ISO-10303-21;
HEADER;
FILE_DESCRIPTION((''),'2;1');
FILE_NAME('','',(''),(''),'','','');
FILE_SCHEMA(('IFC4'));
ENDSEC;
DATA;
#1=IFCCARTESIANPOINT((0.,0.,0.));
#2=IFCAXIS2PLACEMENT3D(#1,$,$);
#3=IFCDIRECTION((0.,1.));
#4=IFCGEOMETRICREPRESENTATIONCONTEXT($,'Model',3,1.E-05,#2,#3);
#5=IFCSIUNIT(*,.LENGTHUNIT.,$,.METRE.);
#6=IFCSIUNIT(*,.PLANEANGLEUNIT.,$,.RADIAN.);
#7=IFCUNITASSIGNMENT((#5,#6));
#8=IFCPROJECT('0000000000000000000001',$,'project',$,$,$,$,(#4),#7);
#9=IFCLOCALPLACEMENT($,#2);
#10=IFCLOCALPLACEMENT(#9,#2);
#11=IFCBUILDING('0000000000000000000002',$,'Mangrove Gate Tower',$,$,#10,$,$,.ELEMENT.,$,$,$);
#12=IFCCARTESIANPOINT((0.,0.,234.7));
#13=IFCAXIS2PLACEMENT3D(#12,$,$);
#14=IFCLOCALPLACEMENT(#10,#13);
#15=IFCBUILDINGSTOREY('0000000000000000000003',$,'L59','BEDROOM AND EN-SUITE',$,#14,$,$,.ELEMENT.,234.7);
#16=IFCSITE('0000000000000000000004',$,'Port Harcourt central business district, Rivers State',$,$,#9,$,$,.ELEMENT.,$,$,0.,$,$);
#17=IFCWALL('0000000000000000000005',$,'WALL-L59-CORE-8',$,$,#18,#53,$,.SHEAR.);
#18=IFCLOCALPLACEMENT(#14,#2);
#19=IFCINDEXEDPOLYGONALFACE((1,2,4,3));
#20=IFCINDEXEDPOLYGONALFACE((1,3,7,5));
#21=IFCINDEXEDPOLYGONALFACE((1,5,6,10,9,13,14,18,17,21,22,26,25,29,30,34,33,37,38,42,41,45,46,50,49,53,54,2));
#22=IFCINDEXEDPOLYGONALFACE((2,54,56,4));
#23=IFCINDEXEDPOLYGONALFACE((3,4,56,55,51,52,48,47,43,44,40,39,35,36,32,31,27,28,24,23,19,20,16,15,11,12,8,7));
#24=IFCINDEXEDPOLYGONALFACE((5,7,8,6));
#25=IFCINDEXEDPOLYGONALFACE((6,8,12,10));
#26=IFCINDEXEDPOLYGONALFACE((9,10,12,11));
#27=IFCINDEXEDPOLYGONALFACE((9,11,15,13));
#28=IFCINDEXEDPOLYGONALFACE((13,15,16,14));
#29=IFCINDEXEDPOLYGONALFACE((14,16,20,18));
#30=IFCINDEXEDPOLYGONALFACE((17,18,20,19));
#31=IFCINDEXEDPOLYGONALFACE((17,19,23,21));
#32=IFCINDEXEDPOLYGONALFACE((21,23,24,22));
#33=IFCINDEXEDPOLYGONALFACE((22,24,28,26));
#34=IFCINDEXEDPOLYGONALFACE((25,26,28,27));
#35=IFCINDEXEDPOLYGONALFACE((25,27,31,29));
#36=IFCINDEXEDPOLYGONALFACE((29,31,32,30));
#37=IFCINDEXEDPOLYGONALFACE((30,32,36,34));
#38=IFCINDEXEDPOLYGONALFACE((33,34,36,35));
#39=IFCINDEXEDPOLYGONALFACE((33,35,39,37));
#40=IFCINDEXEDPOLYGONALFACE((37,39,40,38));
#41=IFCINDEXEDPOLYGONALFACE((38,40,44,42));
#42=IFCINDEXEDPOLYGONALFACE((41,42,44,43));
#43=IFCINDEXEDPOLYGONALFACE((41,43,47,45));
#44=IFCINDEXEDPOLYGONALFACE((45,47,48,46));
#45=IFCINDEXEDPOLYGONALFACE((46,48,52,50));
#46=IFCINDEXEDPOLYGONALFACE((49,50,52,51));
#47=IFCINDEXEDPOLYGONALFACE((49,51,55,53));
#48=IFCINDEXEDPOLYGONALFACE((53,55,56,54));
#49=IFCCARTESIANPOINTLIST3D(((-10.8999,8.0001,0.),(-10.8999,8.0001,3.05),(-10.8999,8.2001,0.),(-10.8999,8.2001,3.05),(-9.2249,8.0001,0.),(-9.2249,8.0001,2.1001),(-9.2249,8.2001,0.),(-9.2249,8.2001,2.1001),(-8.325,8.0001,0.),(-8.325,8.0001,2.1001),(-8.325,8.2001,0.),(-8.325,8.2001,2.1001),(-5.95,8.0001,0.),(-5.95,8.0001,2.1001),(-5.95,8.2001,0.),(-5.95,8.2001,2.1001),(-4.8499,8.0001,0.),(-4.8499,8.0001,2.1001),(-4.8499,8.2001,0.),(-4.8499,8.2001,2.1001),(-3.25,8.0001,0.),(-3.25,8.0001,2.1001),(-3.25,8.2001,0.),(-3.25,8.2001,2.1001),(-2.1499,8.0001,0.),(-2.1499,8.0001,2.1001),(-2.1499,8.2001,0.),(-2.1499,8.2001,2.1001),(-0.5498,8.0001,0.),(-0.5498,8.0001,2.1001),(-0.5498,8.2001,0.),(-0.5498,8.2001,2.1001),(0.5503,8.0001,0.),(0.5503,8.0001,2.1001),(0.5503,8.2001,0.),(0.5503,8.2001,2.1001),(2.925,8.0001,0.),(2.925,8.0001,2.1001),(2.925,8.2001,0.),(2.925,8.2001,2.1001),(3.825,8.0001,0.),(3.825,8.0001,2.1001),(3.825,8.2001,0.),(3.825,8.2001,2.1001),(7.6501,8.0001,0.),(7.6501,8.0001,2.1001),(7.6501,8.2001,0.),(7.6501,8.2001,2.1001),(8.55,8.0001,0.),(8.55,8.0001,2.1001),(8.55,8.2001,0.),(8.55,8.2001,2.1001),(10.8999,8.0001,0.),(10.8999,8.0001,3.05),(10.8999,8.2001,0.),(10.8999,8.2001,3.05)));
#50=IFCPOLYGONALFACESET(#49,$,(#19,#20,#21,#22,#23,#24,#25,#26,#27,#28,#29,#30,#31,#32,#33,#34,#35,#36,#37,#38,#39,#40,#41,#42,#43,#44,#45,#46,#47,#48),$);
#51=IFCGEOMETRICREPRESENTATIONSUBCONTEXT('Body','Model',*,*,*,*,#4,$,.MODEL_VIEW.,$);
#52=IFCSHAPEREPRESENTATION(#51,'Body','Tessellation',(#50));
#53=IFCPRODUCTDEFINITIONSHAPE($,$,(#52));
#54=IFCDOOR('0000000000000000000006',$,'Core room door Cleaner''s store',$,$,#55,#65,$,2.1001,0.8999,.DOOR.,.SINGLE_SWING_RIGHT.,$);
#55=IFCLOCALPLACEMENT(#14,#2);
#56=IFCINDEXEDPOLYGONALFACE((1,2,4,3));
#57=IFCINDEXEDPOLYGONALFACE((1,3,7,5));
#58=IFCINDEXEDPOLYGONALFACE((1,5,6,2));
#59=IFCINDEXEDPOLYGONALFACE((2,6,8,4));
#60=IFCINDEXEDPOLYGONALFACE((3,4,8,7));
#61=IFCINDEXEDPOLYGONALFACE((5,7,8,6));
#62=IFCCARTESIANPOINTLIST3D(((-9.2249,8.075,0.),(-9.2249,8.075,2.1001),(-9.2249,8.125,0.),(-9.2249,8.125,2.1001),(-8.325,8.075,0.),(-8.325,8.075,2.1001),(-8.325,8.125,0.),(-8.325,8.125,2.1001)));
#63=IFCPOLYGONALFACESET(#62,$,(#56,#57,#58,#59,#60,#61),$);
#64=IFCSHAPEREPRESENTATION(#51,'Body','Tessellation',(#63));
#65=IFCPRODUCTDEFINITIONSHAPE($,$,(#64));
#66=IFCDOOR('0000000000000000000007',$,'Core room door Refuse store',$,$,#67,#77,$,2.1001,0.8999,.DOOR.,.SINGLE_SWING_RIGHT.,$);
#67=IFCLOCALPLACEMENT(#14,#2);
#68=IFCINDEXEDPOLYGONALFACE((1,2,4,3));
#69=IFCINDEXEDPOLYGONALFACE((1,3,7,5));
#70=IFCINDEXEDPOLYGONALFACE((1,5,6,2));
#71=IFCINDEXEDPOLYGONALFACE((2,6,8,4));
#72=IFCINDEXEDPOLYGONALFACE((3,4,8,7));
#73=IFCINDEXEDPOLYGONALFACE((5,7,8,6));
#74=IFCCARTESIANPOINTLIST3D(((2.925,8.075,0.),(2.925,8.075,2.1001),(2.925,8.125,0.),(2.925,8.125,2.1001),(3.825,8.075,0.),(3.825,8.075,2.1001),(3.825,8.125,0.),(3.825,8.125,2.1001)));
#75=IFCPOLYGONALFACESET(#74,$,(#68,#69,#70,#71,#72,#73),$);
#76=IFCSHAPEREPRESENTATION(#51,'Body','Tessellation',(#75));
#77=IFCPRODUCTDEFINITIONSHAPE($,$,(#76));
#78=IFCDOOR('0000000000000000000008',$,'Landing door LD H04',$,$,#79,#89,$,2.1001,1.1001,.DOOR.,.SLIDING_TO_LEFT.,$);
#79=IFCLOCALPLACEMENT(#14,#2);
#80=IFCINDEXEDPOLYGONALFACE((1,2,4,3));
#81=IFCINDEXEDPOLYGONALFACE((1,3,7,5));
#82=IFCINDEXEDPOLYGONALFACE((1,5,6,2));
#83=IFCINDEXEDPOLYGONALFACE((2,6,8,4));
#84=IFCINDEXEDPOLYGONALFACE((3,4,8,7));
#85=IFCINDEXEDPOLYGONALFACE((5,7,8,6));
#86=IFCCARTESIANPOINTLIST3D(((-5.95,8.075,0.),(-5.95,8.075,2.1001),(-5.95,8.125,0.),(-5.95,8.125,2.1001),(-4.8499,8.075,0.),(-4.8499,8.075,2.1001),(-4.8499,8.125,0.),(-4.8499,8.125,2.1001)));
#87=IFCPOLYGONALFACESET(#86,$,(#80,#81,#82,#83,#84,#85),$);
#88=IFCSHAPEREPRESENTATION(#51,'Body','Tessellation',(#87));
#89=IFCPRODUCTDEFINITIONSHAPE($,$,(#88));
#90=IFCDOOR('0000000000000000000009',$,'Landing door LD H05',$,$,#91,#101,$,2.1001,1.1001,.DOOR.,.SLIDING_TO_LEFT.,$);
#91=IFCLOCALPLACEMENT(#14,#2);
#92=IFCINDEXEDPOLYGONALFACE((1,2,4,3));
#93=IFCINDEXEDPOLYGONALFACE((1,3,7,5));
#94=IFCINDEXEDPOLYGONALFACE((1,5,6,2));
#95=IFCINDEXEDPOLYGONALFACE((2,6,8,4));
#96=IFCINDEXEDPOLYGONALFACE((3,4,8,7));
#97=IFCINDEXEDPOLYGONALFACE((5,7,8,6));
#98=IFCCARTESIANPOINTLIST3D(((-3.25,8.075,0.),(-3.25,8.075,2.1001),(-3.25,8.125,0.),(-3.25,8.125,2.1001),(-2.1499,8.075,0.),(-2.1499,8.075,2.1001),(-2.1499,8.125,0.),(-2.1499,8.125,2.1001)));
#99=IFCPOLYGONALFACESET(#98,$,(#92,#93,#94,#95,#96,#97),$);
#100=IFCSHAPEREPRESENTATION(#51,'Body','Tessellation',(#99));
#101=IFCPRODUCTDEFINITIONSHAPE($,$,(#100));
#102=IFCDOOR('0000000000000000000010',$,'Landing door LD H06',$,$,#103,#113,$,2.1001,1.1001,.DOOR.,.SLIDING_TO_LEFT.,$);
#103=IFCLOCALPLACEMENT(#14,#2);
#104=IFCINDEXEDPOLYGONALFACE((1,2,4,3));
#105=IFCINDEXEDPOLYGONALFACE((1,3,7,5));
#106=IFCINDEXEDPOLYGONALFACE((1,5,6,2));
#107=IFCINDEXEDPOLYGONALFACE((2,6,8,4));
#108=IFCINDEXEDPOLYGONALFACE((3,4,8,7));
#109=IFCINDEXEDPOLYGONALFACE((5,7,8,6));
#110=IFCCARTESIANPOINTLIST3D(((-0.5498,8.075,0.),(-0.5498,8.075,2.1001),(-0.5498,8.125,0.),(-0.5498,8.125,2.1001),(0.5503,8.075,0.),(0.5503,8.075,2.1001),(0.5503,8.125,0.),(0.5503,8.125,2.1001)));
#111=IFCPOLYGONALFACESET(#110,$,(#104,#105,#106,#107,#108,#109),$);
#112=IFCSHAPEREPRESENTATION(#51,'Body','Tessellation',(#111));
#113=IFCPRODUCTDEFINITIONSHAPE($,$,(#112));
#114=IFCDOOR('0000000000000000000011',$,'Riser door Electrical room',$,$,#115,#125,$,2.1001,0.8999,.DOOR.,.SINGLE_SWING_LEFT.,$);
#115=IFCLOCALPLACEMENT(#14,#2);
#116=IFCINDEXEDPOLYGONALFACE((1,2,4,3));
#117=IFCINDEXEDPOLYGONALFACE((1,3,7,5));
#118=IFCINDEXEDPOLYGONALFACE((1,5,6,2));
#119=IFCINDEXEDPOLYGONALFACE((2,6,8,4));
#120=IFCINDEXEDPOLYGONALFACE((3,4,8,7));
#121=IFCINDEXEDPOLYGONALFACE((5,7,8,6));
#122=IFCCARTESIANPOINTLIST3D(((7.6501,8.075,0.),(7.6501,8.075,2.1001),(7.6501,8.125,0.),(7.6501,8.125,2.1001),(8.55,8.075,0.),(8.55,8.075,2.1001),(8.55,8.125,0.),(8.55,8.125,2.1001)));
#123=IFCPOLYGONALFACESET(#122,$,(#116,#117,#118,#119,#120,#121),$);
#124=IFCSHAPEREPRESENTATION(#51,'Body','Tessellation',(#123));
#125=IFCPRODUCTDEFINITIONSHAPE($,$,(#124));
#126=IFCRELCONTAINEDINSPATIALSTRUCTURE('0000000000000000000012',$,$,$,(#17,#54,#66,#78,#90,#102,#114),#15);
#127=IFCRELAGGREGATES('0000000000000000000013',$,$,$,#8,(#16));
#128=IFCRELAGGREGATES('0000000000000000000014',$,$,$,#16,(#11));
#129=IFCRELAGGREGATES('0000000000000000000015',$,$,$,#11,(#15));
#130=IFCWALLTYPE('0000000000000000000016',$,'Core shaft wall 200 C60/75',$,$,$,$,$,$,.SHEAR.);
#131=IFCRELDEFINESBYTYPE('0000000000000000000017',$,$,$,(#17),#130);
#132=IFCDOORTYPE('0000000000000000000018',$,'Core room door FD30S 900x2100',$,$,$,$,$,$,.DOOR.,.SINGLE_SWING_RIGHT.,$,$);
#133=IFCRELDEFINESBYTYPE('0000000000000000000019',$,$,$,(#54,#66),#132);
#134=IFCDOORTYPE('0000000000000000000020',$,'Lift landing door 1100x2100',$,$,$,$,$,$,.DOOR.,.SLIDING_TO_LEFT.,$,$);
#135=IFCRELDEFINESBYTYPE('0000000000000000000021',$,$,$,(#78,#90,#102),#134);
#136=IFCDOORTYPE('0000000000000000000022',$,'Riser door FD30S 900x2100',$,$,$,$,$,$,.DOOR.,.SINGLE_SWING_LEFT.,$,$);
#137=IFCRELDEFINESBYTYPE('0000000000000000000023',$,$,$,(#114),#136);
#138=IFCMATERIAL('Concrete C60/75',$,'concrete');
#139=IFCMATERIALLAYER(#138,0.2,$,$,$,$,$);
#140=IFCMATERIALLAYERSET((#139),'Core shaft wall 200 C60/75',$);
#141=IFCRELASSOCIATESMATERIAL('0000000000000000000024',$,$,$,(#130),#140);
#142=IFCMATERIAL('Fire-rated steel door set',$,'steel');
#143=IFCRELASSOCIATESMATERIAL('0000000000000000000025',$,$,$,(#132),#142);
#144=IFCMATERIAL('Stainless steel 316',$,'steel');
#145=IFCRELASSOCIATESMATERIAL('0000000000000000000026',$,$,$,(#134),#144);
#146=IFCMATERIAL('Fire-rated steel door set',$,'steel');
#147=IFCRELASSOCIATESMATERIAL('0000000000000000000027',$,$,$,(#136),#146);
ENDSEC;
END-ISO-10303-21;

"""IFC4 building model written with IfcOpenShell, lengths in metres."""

from ifc_helpers import new_model, si_unit, direction, frame, frame_2d, origin, place, context, subcontext, project, spatial, rectangle, extrude, material, layer, layer_set, type_object, element, fill, save


model = new_model("IFC4")

# Units and contexts
model_context = context("Model", 3, precision=1e-05, world=origin(), true_north=direction((0.0, 1.0)))
body_context = subcontext(model_context, "Body", "Model", "MODEL_VIEW")
ifc_project = project(units=[si_unit("LENGTHUNIT", "METRE"), si_unit("PLANEANGLEUNIT", "RADIAN")], contexts=[model_context])

# Site, building, storey
site_placement = place(None, origin())
site = spatial("IfcSite", under=ifc_project, at=site_placement, Name="Port Harcourt central business district, Rivers State", CompositionType="ELEMENT", RefElevation=0.0)
building_placement = place(site_placement, origin())
building = spatial("IfcBuilding", under=site, at=building_placement, Name="Mangrove Gate Tower", CompositionType="ELEMENT")
storey_placement = place(building_placement, frame((0.0, 0.0, 234.7)))
storey = spatial("IfcBuildingStorey", under=building, at=storey_placement, Name="L59", Description="BEDROOM AND EN-SUITE", CompositionType="ELEMENT", Elevation=234.7)

# Shared definitions
ifc_material_1 = material(Name="Concrete C60/75", Category="concrete")
ifc_layer_1 = layer(ifc_material_1, 0.2)
ifc_layer_set_1 = layer_set([ifc_layer_1], Name="Core shaft wall 200 C60/75")
wall_type_1 = type_object("IfcWallType", Name="Core shaft wall 200 C60/75", PredefinedType="SHEAR", material=ifc_layer_set_1)

# Wall, openings, doors
ifc_material_2 = material(Name="Fire-rated steel door set", Category="steel")
door_type_1 = type_object("IfcDoorType", Name="Core room door FD30S 900x2100", OperationType="SINGLE_SWING_RIGHT", PredefinedType="DOOR", material=ifc_material_2)
ifc_material_3 = material(Name="Stainless steel 316", Category="steel")
door_type_2 = type_object("IfcDoorType", Name="Lift landing door 1100x2100", OperationType="SLIDING_TO_LEFT", PredefinedType="DOOR", material=ifc_material_3)
ifc_material_4 = material(Name="Fire-rated steel door set", Category="steel")
door_type_3 = type_object("IfcDoorType", Name="Riser door FD30S 900x2100", OperationType="SINGLE_SWING_LEFT", PredefinedType="DOOR", material=ifc_material_4)
wall_1_placement = place(storey_placement, frame((-10.8999, 8.1001, 0.0), z_axis=(0.0, 0.0, 1.0), x_axis=(1.0, 0.0, 0.0)))
wall_1 = element("IfcWall", 1, at=wall_1_placement, inside=storey, type_object=wall_type_1, Name="WALL-L59-CORE-8", PredefinedType="SHEAR", context=body_context, shape_type="SweptSolid", body=[
    extrude(rectangle(XDim=21.7998, YDim=0.2, at=frame_2d((10.8999, 0.0))), origin(), (0.0, 0.0, 1.0), 3.05),
])
opening_1_placement = place(wall_1_placement, frame((4.95, 0.0, 0.0)))
opening_1 = element("IfcOpeningElement", 2, at=opening_1_placement, cuts=wall_1, PredefinedType="OPENING", context=body_context, shape_type="SweptSolid", body=[
    extrude(rectangle(XDim=1.1001, YDim=2.1001, at=frame_2d((0.55, 1.05))), frame((0.0, 0.1099, 0.0), z_axis=(0.0, -1.0, 0.0), x_axis=(1.0, 0.0, 0.0)), (0.0, 0.0, 1.0), 0.22),
])
opening_2_placement = place(wall_1_placement, frame((7.6499, 0.0, 0.0)))
opening_2 = element("IfcOpeningElement", 3, at=opening_2_placement, cuts=wall_1, PredefinedType="OPENING", context=body_context, shape_type="SweptSolid", body=[
    extrude(rectangle(XDim=1.1001, YDim=2.1001, at=frame_2d((0.55, 1.05))), frame((0.0, 0.1099, 0.0), z_axis=(0.0, -1.0, 0.0), x_axis=(1.0, 0.0, 0.0)), (0.0, 0.0, 1.0), 0.22),
])
opening_3_placement = place(wall_1_placement, frame((10.3501, 0.0, 0.0)))
opening_3 = element("IfcOpeningElement", 4, at=opening_3_placement, cuts=wall_1, PredefinedType="OPENING", context=body_context, shape_type="SweptSolid", body=[
    extrude(rectangle(XDim=1.1001, YDim=2.1001, at=frame_2d((0.55, 1.05))), frame((0.0, 0.1099, 0.0), z_axis=(0.0, -1.0, 0.0), x_axis=(1.0, 0.0, 0.0)), (0.0, 0.0, 1.0), 0.22),
])
opening_4_placement = place(wall_1_placement, frame((1.675, 0.0, 0.0)))
opening_4 = element("IfcOpeningElement", 5, at=opening_4_placement, cuts=wall_1, PredefinedType="OPENING", context=body_context, shape_type="SweptSolid", body=[
    extrude(rectangle(XDim=0.8999, YDim=2.1001, at=frame_2d((0.45, 1.05))), frame((0.0, 0.1099, 0.0), z_axis=(0.0, -1.0, 0.0), x_axis=(1.0, 0.0, 0.0)), (0.0, 0.0, 1.0), 0.22),
])
opening_5_placement = place(wall_1_placement, frame((13.825, 0.0, 0.0)))
opening_5 = element("IfcOpeningElement", 6, at=opening_5_placement, cuts=wall_1, PredefinedType="OPENING", context=body_context, shape_type="SweptSolid", body=[
    extrude(rectangle(XDim=0.8999, YDim=2.1001, at=frame_2d((0.45, 1.05))), frame((0.0, 0.1099, 0.0), z_axis=(0.0, -1.0, 0.0), x_axis=(1.0, 0.0, 0.0)), (0.0, 0.0, 1.0), 0.22),
])
opening_6_placement = place(wall_1_placement, frame((18.55, 0.0, 0.0)))
opening_6 = element("IfcOpeningElement", 7, at=opening_6_placement, cuts=wall_1, PredefinedType="OPENING", context=body_context, shape_type="SweptSolid", body=[
    extrude(rectangle(XDim=0.8999, YDim=2.1001, at=frame_2d((0.45, 1.05))), frame((0.0, 0.1099, 0.0), z_axis=(0.0, -1.0, 0.0), x_axis=(1.0, 0.0, 0.0)), (0.0, 0.0, 1.0), 0.22),
])
door_1_placement = place(opening_4_placement, origin())
door_1 = element("IfcDoor", 8, at=door_1_placement, inside=storey, type_object=door_type_1, Name="Core room door Cleaner's store", OperationType="SINGLE_SWING_RIGHT", OverallHeight=2.1001, OverallWidth=0.8999, PredefinedType="DOOR", context=body_context, shape_type="SweptSolid", body=[
    extrude(rectangle(XDim=0.8999, YDim=2.1001, at=frame_2d((0.45, 1.05))), frame((0.0, 0.0249, 0.0), z_axis=(0.0, -1.0, 0.0), x_axis=(1.0, 0.0, 0.0)), (0.0, 0.0, 1.0), 0.05),
])
fill(opening_4, door_1)
door_2_placement = place(opening_5_placement, origin())
door_2 = element("IfcDoor", 9, at=door_2_placement, inside=storey, type_object=door_type_1, Name="Core room door Refuse store", OperationType="SINGLE_SWING_RIGHT", OverallHeight=2.1001, OverallWidth=0.8999, PredefinedType="DOOR", context=body_context, shape_type="SweptSolid", body=[
    extrude(rectangle(XDim=0.8999, YDim=2.1001, at=frame_2d((0.45, 1.05))), frame((0.0, 0.0249, 0.0), z_axis=(0.0, -1.0, 0.0), x_axis=(1.0, 0.0, 0.0)), (0.0, 0.0, 1.0), 0.05),
])
fill(opening_5, door_2)
door_3_placement = place(opening_1_placement, origin())
door_3 = element("IfcDoor", 10, at=door_3_placement, inside=storey, type_object=door_type_2, Name="Landing door LD H04", OperationType="SLIDING_TO_LEFT", OverallHeight=2.1001, OverallWidth=1.1001, PredefinedType="DOOR", context=body_context, shape_type="SweptSolid", body=[
    extrude(rectangle(XDim=1.1001, YDim=2.1001, at=frame_2d((0.55, 1.05))), frame((0.0, 0.0249, 0.0), z_axis=(0.0, -1.0, 0.0), x_axis=(1.0, 0.0, 0.0)), (0.0, 0.0, 1.0), 0.05),
])
fill(opening_1, door_3)
door_4_placement = place(opening_2_placement, origin())
door_4 = element("IfcDoor", 11, at=door_4_placement, inside=storey, type_object=door_type_2, Name="Landing door LD H05", OperationType="SLIDING_TO_LEFT", OverallHeight=2.1001, OverallWidth=1.1001, PredefinedType="DOOR", context=body_context, shape_type="SweptSolid", body=[
    extrude(rectangle(XDim=1.1001, YDim=2.1001, at=frame_2d((0.55, 1.05))), frame((0.0, 0.0249, 0.0), z_axis=(0.0, -1.0, 0.0), x_axis=(1.0, 0.0, 0.0)), (0.0, 0.0, 1.0), 0.05),
])
fill(opening_2, door_4)
door_5_placement = place(opening_3_placement, origin())
door_5 = element("IfcDoor", 12, at=door_5_placement, inside=storey, type_object=door_type_2, Name="Landing door LD H06", OperationType="SLIDING_TO_LEFT", OverallHeight=2.1001, OverallWidth=1.1001, PredefinedType="DOOR", context=body_context, shape_type="SweptSolid", body=[
    extrude(rectangle(XDim=1.1001, YDim=2.1001, at=frame_2d((0.55, 1.05))), frame((0.0, 0.0249, 0.0), z_axis=(0.0, -1.0, 0.0), x_axis=(1.0, 0.0, 0.0)), (0.0, 0.0, 1.0), 0.05),
])
fill(opening_3, door_5)
door_6_placement = place(opening_6_placement, origin())
door_6 = element("IfcDoor", 13, at=door_6_placement, inside=storey, type_object=door_type_3, Name="Riser door Electrical room", OperationType="SINGLE_SWING_LEFT", OverallHeight=2.1001, OverallWidth=0.8999, PredefinedType="DOOR", context=body_context, shape_type="SweptSolid", body=[
    extrude(rectangle(XDim=0.8999, YDim=2.1001, at=frame_2d((0.45, 1.05))), frame((0.0, 0.0249, 0.0), z_axis=(0.0, -1.0, 0.0), x_axis=(1.0, 0.0, 0.0)), (0.0, 0.0, 1.0), 0.05),
])
fill(opening_6, door_6)

save(model, "model.ifc")
